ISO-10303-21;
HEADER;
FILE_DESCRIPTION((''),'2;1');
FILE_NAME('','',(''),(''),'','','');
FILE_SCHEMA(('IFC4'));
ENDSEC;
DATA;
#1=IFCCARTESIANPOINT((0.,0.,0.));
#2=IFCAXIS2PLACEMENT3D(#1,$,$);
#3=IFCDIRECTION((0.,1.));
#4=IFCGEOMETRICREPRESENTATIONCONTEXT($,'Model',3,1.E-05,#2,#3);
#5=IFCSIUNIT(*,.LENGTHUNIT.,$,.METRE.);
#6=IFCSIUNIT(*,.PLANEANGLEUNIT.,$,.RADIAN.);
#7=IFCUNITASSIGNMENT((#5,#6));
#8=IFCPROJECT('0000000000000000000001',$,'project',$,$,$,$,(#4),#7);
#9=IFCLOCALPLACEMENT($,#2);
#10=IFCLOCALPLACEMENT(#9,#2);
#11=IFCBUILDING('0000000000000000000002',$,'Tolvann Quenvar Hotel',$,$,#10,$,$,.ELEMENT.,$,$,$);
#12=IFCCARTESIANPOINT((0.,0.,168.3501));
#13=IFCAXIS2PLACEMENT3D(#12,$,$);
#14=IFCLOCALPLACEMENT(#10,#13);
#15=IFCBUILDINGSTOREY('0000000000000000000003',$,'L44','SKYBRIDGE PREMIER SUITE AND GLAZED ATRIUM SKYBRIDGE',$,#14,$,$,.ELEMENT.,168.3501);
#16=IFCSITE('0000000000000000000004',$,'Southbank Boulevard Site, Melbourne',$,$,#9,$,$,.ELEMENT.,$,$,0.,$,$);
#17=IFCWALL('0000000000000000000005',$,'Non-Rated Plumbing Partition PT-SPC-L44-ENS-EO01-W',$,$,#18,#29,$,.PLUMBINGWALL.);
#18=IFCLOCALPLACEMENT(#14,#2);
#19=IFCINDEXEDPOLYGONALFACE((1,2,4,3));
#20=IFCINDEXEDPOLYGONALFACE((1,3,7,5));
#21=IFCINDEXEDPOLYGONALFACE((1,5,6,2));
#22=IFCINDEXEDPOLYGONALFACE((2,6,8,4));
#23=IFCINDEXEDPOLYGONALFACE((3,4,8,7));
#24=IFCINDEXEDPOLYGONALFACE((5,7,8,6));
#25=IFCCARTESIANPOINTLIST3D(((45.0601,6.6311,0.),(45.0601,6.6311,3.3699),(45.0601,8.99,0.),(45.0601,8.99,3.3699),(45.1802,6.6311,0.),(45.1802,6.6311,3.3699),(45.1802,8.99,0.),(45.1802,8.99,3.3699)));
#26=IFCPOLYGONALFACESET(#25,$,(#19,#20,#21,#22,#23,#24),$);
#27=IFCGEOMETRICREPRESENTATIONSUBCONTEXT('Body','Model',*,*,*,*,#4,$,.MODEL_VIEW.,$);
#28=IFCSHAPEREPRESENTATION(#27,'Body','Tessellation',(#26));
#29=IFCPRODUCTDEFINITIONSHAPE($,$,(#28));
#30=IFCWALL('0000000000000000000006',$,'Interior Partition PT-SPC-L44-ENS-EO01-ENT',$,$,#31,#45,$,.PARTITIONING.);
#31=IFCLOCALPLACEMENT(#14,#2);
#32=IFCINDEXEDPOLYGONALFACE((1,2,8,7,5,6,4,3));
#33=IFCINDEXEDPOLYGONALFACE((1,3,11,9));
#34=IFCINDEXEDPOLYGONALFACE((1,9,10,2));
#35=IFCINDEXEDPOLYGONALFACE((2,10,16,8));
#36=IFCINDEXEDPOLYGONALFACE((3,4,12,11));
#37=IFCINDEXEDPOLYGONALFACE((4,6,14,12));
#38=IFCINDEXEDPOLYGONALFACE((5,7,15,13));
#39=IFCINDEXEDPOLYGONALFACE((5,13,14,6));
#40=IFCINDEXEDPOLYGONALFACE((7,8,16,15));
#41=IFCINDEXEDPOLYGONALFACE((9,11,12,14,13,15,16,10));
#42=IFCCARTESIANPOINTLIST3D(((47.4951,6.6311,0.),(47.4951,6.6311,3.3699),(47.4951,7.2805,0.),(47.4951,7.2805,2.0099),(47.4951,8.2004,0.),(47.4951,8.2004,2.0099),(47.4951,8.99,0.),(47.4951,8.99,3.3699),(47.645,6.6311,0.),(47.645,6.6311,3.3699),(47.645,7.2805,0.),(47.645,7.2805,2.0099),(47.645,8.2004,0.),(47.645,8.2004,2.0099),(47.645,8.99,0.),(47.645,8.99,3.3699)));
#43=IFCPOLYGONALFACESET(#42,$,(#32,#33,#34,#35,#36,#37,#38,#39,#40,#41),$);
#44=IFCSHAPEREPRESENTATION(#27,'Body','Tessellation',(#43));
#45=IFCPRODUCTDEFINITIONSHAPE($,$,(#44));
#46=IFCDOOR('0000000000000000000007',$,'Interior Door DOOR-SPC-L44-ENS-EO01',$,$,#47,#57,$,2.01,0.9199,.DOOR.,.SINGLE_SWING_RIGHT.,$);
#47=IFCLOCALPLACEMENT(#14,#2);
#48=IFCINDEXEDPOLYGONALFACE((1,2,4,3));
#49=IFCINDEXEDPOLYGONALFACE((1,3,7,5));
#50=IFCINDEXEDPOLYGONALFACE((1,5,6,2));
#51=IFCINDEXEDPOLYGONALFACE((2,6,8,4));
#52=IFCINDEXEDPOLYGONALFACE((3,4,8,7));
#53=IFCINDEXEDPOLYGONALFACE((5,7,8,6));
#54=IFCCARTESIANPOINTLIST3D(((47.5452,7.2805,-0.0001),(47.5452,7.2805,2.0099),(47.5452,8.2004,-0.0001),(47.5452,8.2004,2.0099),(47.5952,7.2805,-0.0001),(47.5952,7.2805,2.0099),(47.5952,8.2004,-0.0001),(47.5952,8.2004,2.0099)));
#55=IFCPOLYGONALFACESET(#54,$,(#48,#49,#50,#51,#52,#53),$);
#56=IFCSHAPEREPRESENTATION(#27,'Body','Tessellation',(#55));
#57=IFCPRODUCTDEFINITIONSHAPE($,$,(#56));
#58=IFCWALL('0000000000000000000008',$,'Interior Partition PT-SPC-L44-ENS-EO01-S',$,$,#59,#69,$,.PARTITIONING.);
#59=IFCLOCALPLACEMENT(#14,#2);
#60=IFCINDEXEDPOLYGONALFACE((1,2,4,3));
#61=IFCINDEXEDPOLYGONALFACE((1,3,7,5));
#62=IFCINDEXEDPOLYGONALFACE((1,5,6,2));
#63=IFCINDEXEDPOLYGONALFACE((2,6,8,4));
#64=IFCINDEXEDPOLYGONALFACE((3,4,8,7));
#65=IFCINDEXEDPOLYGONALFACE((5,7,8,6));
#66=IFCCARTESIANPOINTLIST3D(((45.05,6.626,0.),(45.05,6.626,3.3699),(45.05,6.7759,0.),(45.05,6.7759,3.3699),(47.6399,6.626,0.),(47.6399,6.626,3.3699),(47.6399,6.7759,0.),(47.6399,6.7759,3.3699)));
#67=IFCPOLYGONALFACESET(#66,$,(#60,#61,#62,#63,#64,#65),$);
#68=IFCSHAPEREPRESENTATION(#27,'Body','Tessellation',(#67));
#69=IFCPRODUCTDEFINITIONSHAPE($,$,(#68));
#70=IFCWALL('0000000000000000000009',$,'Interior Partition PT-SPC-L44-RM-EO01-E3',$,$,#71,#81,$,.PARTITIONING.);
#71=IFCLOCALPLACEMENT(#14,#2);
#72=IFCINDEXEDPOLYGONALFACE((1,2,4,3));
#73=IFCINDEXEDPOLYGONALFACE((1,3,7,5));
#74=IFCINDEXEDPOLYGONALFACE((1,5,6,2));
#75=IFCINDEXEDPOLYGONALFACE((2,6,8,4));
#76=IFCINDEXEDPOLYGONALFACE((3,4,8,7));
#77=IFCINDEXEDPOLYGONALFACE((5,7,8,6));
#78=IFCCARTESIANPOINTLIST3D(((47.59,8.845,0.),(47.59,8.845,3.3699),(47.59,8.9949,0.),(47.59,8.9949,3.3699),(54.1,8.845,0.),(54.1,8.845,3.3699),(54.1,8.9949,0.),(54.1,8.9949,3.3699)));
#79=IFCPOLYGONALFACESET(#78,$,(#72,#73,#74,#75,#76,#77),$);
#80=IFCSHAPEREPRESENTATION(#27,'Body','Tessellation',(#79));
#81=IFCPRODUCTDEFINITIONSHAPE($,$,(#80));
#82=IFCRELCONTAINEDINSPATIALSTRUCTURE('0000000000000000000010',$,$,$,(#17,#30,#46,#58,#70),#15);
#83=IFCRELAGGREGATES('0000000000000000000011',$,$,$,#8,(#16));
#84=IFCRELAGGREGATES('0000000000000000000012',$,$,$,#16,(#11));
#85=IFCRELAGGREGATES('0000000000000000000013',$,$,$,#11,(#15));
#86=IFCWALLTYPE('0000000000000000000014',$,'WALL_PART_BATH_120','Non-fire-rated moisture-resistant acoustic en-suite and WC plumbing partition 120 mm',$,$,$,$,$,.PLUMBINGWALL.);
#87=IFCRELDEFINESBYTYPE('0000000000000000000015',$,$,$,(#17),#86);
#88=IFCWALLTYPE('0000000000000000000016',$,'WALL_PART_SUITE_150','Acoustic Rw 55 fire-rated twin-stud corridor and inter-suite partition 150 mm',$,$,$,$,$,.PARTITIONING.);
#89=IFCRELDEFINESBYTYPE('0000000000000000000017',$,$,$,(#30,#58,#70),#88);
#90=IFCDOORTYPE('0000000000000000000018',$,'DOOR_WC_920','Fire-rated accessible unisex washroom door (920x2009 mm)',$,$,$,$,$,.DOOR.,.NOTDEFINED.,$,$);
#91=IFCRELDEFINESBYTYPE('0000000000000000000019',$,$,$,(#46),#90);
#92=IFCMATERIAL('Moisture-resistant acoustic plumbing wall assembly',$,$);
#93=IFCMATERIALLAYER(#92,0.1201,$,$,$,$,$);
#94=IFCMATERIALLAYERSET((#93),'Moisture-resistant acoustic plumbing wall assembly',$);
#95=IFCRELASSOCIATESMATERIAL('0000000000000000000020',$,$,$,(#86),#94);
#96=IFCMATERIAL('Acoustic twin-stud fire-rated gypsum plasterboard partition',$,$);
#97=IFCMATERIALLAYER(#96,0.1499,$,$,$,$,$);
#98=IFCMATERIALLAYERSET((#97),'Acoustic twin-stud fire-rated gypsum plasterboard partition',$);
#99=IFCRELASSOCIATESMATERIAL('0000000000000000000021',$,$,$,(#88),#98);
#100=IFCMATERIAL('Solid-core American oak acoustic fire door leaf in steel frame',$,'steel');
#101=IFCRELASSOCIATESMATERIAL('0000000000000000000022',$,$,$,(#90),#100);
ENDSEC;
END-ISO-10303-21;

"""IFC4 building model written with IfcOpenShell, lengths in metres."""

from ifc_helpers import new_model, si_unit, direction, frame, frame_2d, origin, place, context, subcontext, project, spatial, rectangle, extrude, source, transform, mapped, material, layer, layer_set, type_object, type_shapes, element, fill, save


model = new_model("IFC4")

# Units and contexts
model_context = context("Model", 3, precision=1e-05, world=origin(), true_north=direction((0.0, 1.0)))
body_context = subcontext(model_context, "Body", "Model", "MODEL_VIEW")
ifc_project = project(units=[si_unit("LENGTHUNIT", "METRE"), si_unit("PLANEANGLEUNIT", "RADIAN")], contexts=[model_context])

# Site, building, storey
site_placement = place(None, origin())
site = spatial("IfcSite", under=ifc_project, at=site_placement, Name="Southbank Boulevard Site, Melbourne", CompositionType="ELEMENT", RefElevation=0.0)
building_placement = place(site_placement, origin())
building = spatial("IfcBuilding", under=site, at=building_placement, Name="Tolvann Quenvar Hotel", CompositionType="ELEMENT")
storey_placement = place(building_placement, frame((0.0, 0.0, 168.3501)))
storey = spatial("IfcBuildingStorey", under=building, at=storey_placement, Name="L44", Description="SKYBRIDGE PREMIER SUITE AND GLAZED ATRIUM SKYBRIDGE", CompositionType="ELEMENT", Elevation=168.3501)

# Shared definitions
ifc_material_1 = material(Name="Acoustic twin-stud fire-rated gypsum plasterboard partition")
ifc_material_2 = material(Name="Solid-core American oak acoustic fire door leaf in steel frame", Category="steel")

# Wall
ifc_material_3 = material(Name="Moisture-resistant acoustic plumbing wall assembly")
ifc_layer_1 = layer(ifc_material_3, 0.1201)
ifc_layer_set_1 = layer_set([ifc_layer_1], Name="Moisture-resistant acoustic plumbing wall assembly")
wall_type_1 = type_object("IfcWallType", Name="WALL_PART_BATH_120", Description="Non-fire-rated moisture-resistant acoustic en-suite and WC plumbing partition 120 mm", PredefinedType="PLUMBINGWALL", material=ifc_layer_set_1)
wall_1_placement = place(storey_placement, frame((45.1201, 6.6311, 0.0), z_axis=(0.0, 0.0, 1.0), x_axis=(0.0, 1.0, 0.0)))
element("IfcWall", 1, at=wall_1_placement, inside=storey, type_object=wall_type_1, Name="Non-Rated Plumbing Partition PT-SPC-L44-ENS-EO01-W", PredefinedType="PLUMBINGWALL", context=body_context, shape_type="SweptSolid", body=[
    extrude(rectangle(XDim=2.3589, YDim=0.1201, at=frame_2d((1.1794, 0.0))), origin(), (0.0, 0.0, 1.0), 3.3699),
])

# Wall, opening, door
ifc_layer_2 = layer(ifc_material_1, 0.1499)
ifc_layer_set_2 = layer_set([ifc_layer_2], Name="Acoustic twin-stud fire-rated gypsum plasterboard partition")
wall_type_2 = type_object("IfcWallType", Name="WALL_PART_SUITE_150", Description="Acoustic Rw 55 fire-rated twin-stud corridor and inter-suite partition 150 mm", PredefinedType="PARTITIONING", material=ifc_layer_set_2)
wall_2_placement = place(storey_placement, frame((47.5701, 6.6311, 0.0), z_axis=(0.0, 0.0, 1.0), x_axis=(0.0, 1.0, 0.0)))
wall_2 = element("IfcWall", 2, at=wall_2_placement, inside=storey, type_object=wall_type_2, Name="Interior Partition PT-SPC-L44-ENS-EO01-ENT", PredefinedType="PARTITIONING", context=body_context, shape_type="SweptSolid", body=[
    extrude(rectangle(XDim=2.3589, YDim=0.1499, at=frame_2d((1.1794, 0.0))), origin(), (0.0, 0.0, 1.0), 3.3699),
])
opening_1_placement = place(wall_2_placement, frame((0.6494, 0.0, 0.0)))
opening_1 = element("IfcOpeningElement", 3, at=opening_1_placement, cuts=wall_2, PredefinedType="OPENING", context=body_context, shape_type="SweptSolid", body=[
    extrude(rectangle(XDim=0.9199, YDim=2.01, at=frame_2d((0.46, 1.0049))), frame((0.0, 0.085, 0.0), z_axis=(0.0, -1.0, 0.0), x_axis=(1.0, 0.0, 0.0)), (0.0, 0.0, 1.0), 0.1699),
])
door_type_1 = type_object("IfcDoorType", Name="DOOR_WC_920", Description="Fire-rated accessible unisex washroom door (920x2009 mm)", OperationType="NOTDEFINED", PredefinedType="DOOR", material=ifc_material_2)
shared_shape_1 = source(origin(), body_context, "Body", "SweptSolid", [
    extrude(rectangle(XDim=0.9199, YDim=2.01, at=frame_2d((0.46, 1.0049))), frame((0.0, 0.0249, 0.0), z_axis=(0.0, -1.0, 0.0), x_axis=(1.0, 0.0, 0.0)), (0.0, 0.0, 1.0), 0.05),
])
type_shapes(door_type_1, [shared_shape_1])
door_1_placement = place(opening_1_placement, origin())
door_1 = element("IfcDoor", 4, at=door_1_placement, inside=storey, type_object=door_type_1, Name="Interior Door DOOR-SPC-L44-ENS-EO01", OperationType="SINGLE_SWING_RIGHT", OverallHeight=2.01, OverallWidth=0.9199, PredefinedType="DOOR", context=body_context, shape_type="MappedRepresentation", body=[
    mapped(shared_shape_1, transform((0.0, 0.0, 0.0), x_axis=(1.0, 0.0, 0.0), y_axis=(0.0, 1.0, 0.0), z_axis=(0.0, 0.0, 1.0), scale=1.0)),
])
fill(opening_1, door_1)

# Wall
wall_3_placement = place(storey_placement, frame((45.05, 6.7009, 0.0), z_axis=(0.0, 0.0, 1.0), x_axis=(1.0, 0.0, 0.0)))
element("IfcWall", 5, at=wall_3_placement, inside=storey, type_object=wall_type_2, Name="Interior Partition PT-SPC-L44-ENS-EO01-S", PredefinedType="PARTITIONING", context=body_context, shape_type="SweptSolid", body=[
    extrude(rectangle(XDim=2.5898, YDim=0.1499, at=frame_2d((1.2949, 0.0))), origin(), (0.0, 0.0, 1.0), 3.3699),
])

# Wall
wall_4_placement = place(storey_placement, frame((47.5901, 8.9199, 0.0), z_axis=(0.0, 0.0, 1.0), x_axis=(1.0, 0.0, 0.0)))
element("IfcWall", 6, at=wall_4_placement, inside=storey, type_object=wall_type_2, Name="Interior Partition PT-SPC-L44-RM-EO01-E3", PredefinedType="PARTITIONING", context=body_context, shape_type="SweptSolid", body=[
    extrude(rectangle(XDim=6.51, YDim=0.1499, at=frame_2d((3.2549, 0.0))), origin(), (0.0, 0.0, 1.0), 3.3699),
])

save(model, "model.ifc")
